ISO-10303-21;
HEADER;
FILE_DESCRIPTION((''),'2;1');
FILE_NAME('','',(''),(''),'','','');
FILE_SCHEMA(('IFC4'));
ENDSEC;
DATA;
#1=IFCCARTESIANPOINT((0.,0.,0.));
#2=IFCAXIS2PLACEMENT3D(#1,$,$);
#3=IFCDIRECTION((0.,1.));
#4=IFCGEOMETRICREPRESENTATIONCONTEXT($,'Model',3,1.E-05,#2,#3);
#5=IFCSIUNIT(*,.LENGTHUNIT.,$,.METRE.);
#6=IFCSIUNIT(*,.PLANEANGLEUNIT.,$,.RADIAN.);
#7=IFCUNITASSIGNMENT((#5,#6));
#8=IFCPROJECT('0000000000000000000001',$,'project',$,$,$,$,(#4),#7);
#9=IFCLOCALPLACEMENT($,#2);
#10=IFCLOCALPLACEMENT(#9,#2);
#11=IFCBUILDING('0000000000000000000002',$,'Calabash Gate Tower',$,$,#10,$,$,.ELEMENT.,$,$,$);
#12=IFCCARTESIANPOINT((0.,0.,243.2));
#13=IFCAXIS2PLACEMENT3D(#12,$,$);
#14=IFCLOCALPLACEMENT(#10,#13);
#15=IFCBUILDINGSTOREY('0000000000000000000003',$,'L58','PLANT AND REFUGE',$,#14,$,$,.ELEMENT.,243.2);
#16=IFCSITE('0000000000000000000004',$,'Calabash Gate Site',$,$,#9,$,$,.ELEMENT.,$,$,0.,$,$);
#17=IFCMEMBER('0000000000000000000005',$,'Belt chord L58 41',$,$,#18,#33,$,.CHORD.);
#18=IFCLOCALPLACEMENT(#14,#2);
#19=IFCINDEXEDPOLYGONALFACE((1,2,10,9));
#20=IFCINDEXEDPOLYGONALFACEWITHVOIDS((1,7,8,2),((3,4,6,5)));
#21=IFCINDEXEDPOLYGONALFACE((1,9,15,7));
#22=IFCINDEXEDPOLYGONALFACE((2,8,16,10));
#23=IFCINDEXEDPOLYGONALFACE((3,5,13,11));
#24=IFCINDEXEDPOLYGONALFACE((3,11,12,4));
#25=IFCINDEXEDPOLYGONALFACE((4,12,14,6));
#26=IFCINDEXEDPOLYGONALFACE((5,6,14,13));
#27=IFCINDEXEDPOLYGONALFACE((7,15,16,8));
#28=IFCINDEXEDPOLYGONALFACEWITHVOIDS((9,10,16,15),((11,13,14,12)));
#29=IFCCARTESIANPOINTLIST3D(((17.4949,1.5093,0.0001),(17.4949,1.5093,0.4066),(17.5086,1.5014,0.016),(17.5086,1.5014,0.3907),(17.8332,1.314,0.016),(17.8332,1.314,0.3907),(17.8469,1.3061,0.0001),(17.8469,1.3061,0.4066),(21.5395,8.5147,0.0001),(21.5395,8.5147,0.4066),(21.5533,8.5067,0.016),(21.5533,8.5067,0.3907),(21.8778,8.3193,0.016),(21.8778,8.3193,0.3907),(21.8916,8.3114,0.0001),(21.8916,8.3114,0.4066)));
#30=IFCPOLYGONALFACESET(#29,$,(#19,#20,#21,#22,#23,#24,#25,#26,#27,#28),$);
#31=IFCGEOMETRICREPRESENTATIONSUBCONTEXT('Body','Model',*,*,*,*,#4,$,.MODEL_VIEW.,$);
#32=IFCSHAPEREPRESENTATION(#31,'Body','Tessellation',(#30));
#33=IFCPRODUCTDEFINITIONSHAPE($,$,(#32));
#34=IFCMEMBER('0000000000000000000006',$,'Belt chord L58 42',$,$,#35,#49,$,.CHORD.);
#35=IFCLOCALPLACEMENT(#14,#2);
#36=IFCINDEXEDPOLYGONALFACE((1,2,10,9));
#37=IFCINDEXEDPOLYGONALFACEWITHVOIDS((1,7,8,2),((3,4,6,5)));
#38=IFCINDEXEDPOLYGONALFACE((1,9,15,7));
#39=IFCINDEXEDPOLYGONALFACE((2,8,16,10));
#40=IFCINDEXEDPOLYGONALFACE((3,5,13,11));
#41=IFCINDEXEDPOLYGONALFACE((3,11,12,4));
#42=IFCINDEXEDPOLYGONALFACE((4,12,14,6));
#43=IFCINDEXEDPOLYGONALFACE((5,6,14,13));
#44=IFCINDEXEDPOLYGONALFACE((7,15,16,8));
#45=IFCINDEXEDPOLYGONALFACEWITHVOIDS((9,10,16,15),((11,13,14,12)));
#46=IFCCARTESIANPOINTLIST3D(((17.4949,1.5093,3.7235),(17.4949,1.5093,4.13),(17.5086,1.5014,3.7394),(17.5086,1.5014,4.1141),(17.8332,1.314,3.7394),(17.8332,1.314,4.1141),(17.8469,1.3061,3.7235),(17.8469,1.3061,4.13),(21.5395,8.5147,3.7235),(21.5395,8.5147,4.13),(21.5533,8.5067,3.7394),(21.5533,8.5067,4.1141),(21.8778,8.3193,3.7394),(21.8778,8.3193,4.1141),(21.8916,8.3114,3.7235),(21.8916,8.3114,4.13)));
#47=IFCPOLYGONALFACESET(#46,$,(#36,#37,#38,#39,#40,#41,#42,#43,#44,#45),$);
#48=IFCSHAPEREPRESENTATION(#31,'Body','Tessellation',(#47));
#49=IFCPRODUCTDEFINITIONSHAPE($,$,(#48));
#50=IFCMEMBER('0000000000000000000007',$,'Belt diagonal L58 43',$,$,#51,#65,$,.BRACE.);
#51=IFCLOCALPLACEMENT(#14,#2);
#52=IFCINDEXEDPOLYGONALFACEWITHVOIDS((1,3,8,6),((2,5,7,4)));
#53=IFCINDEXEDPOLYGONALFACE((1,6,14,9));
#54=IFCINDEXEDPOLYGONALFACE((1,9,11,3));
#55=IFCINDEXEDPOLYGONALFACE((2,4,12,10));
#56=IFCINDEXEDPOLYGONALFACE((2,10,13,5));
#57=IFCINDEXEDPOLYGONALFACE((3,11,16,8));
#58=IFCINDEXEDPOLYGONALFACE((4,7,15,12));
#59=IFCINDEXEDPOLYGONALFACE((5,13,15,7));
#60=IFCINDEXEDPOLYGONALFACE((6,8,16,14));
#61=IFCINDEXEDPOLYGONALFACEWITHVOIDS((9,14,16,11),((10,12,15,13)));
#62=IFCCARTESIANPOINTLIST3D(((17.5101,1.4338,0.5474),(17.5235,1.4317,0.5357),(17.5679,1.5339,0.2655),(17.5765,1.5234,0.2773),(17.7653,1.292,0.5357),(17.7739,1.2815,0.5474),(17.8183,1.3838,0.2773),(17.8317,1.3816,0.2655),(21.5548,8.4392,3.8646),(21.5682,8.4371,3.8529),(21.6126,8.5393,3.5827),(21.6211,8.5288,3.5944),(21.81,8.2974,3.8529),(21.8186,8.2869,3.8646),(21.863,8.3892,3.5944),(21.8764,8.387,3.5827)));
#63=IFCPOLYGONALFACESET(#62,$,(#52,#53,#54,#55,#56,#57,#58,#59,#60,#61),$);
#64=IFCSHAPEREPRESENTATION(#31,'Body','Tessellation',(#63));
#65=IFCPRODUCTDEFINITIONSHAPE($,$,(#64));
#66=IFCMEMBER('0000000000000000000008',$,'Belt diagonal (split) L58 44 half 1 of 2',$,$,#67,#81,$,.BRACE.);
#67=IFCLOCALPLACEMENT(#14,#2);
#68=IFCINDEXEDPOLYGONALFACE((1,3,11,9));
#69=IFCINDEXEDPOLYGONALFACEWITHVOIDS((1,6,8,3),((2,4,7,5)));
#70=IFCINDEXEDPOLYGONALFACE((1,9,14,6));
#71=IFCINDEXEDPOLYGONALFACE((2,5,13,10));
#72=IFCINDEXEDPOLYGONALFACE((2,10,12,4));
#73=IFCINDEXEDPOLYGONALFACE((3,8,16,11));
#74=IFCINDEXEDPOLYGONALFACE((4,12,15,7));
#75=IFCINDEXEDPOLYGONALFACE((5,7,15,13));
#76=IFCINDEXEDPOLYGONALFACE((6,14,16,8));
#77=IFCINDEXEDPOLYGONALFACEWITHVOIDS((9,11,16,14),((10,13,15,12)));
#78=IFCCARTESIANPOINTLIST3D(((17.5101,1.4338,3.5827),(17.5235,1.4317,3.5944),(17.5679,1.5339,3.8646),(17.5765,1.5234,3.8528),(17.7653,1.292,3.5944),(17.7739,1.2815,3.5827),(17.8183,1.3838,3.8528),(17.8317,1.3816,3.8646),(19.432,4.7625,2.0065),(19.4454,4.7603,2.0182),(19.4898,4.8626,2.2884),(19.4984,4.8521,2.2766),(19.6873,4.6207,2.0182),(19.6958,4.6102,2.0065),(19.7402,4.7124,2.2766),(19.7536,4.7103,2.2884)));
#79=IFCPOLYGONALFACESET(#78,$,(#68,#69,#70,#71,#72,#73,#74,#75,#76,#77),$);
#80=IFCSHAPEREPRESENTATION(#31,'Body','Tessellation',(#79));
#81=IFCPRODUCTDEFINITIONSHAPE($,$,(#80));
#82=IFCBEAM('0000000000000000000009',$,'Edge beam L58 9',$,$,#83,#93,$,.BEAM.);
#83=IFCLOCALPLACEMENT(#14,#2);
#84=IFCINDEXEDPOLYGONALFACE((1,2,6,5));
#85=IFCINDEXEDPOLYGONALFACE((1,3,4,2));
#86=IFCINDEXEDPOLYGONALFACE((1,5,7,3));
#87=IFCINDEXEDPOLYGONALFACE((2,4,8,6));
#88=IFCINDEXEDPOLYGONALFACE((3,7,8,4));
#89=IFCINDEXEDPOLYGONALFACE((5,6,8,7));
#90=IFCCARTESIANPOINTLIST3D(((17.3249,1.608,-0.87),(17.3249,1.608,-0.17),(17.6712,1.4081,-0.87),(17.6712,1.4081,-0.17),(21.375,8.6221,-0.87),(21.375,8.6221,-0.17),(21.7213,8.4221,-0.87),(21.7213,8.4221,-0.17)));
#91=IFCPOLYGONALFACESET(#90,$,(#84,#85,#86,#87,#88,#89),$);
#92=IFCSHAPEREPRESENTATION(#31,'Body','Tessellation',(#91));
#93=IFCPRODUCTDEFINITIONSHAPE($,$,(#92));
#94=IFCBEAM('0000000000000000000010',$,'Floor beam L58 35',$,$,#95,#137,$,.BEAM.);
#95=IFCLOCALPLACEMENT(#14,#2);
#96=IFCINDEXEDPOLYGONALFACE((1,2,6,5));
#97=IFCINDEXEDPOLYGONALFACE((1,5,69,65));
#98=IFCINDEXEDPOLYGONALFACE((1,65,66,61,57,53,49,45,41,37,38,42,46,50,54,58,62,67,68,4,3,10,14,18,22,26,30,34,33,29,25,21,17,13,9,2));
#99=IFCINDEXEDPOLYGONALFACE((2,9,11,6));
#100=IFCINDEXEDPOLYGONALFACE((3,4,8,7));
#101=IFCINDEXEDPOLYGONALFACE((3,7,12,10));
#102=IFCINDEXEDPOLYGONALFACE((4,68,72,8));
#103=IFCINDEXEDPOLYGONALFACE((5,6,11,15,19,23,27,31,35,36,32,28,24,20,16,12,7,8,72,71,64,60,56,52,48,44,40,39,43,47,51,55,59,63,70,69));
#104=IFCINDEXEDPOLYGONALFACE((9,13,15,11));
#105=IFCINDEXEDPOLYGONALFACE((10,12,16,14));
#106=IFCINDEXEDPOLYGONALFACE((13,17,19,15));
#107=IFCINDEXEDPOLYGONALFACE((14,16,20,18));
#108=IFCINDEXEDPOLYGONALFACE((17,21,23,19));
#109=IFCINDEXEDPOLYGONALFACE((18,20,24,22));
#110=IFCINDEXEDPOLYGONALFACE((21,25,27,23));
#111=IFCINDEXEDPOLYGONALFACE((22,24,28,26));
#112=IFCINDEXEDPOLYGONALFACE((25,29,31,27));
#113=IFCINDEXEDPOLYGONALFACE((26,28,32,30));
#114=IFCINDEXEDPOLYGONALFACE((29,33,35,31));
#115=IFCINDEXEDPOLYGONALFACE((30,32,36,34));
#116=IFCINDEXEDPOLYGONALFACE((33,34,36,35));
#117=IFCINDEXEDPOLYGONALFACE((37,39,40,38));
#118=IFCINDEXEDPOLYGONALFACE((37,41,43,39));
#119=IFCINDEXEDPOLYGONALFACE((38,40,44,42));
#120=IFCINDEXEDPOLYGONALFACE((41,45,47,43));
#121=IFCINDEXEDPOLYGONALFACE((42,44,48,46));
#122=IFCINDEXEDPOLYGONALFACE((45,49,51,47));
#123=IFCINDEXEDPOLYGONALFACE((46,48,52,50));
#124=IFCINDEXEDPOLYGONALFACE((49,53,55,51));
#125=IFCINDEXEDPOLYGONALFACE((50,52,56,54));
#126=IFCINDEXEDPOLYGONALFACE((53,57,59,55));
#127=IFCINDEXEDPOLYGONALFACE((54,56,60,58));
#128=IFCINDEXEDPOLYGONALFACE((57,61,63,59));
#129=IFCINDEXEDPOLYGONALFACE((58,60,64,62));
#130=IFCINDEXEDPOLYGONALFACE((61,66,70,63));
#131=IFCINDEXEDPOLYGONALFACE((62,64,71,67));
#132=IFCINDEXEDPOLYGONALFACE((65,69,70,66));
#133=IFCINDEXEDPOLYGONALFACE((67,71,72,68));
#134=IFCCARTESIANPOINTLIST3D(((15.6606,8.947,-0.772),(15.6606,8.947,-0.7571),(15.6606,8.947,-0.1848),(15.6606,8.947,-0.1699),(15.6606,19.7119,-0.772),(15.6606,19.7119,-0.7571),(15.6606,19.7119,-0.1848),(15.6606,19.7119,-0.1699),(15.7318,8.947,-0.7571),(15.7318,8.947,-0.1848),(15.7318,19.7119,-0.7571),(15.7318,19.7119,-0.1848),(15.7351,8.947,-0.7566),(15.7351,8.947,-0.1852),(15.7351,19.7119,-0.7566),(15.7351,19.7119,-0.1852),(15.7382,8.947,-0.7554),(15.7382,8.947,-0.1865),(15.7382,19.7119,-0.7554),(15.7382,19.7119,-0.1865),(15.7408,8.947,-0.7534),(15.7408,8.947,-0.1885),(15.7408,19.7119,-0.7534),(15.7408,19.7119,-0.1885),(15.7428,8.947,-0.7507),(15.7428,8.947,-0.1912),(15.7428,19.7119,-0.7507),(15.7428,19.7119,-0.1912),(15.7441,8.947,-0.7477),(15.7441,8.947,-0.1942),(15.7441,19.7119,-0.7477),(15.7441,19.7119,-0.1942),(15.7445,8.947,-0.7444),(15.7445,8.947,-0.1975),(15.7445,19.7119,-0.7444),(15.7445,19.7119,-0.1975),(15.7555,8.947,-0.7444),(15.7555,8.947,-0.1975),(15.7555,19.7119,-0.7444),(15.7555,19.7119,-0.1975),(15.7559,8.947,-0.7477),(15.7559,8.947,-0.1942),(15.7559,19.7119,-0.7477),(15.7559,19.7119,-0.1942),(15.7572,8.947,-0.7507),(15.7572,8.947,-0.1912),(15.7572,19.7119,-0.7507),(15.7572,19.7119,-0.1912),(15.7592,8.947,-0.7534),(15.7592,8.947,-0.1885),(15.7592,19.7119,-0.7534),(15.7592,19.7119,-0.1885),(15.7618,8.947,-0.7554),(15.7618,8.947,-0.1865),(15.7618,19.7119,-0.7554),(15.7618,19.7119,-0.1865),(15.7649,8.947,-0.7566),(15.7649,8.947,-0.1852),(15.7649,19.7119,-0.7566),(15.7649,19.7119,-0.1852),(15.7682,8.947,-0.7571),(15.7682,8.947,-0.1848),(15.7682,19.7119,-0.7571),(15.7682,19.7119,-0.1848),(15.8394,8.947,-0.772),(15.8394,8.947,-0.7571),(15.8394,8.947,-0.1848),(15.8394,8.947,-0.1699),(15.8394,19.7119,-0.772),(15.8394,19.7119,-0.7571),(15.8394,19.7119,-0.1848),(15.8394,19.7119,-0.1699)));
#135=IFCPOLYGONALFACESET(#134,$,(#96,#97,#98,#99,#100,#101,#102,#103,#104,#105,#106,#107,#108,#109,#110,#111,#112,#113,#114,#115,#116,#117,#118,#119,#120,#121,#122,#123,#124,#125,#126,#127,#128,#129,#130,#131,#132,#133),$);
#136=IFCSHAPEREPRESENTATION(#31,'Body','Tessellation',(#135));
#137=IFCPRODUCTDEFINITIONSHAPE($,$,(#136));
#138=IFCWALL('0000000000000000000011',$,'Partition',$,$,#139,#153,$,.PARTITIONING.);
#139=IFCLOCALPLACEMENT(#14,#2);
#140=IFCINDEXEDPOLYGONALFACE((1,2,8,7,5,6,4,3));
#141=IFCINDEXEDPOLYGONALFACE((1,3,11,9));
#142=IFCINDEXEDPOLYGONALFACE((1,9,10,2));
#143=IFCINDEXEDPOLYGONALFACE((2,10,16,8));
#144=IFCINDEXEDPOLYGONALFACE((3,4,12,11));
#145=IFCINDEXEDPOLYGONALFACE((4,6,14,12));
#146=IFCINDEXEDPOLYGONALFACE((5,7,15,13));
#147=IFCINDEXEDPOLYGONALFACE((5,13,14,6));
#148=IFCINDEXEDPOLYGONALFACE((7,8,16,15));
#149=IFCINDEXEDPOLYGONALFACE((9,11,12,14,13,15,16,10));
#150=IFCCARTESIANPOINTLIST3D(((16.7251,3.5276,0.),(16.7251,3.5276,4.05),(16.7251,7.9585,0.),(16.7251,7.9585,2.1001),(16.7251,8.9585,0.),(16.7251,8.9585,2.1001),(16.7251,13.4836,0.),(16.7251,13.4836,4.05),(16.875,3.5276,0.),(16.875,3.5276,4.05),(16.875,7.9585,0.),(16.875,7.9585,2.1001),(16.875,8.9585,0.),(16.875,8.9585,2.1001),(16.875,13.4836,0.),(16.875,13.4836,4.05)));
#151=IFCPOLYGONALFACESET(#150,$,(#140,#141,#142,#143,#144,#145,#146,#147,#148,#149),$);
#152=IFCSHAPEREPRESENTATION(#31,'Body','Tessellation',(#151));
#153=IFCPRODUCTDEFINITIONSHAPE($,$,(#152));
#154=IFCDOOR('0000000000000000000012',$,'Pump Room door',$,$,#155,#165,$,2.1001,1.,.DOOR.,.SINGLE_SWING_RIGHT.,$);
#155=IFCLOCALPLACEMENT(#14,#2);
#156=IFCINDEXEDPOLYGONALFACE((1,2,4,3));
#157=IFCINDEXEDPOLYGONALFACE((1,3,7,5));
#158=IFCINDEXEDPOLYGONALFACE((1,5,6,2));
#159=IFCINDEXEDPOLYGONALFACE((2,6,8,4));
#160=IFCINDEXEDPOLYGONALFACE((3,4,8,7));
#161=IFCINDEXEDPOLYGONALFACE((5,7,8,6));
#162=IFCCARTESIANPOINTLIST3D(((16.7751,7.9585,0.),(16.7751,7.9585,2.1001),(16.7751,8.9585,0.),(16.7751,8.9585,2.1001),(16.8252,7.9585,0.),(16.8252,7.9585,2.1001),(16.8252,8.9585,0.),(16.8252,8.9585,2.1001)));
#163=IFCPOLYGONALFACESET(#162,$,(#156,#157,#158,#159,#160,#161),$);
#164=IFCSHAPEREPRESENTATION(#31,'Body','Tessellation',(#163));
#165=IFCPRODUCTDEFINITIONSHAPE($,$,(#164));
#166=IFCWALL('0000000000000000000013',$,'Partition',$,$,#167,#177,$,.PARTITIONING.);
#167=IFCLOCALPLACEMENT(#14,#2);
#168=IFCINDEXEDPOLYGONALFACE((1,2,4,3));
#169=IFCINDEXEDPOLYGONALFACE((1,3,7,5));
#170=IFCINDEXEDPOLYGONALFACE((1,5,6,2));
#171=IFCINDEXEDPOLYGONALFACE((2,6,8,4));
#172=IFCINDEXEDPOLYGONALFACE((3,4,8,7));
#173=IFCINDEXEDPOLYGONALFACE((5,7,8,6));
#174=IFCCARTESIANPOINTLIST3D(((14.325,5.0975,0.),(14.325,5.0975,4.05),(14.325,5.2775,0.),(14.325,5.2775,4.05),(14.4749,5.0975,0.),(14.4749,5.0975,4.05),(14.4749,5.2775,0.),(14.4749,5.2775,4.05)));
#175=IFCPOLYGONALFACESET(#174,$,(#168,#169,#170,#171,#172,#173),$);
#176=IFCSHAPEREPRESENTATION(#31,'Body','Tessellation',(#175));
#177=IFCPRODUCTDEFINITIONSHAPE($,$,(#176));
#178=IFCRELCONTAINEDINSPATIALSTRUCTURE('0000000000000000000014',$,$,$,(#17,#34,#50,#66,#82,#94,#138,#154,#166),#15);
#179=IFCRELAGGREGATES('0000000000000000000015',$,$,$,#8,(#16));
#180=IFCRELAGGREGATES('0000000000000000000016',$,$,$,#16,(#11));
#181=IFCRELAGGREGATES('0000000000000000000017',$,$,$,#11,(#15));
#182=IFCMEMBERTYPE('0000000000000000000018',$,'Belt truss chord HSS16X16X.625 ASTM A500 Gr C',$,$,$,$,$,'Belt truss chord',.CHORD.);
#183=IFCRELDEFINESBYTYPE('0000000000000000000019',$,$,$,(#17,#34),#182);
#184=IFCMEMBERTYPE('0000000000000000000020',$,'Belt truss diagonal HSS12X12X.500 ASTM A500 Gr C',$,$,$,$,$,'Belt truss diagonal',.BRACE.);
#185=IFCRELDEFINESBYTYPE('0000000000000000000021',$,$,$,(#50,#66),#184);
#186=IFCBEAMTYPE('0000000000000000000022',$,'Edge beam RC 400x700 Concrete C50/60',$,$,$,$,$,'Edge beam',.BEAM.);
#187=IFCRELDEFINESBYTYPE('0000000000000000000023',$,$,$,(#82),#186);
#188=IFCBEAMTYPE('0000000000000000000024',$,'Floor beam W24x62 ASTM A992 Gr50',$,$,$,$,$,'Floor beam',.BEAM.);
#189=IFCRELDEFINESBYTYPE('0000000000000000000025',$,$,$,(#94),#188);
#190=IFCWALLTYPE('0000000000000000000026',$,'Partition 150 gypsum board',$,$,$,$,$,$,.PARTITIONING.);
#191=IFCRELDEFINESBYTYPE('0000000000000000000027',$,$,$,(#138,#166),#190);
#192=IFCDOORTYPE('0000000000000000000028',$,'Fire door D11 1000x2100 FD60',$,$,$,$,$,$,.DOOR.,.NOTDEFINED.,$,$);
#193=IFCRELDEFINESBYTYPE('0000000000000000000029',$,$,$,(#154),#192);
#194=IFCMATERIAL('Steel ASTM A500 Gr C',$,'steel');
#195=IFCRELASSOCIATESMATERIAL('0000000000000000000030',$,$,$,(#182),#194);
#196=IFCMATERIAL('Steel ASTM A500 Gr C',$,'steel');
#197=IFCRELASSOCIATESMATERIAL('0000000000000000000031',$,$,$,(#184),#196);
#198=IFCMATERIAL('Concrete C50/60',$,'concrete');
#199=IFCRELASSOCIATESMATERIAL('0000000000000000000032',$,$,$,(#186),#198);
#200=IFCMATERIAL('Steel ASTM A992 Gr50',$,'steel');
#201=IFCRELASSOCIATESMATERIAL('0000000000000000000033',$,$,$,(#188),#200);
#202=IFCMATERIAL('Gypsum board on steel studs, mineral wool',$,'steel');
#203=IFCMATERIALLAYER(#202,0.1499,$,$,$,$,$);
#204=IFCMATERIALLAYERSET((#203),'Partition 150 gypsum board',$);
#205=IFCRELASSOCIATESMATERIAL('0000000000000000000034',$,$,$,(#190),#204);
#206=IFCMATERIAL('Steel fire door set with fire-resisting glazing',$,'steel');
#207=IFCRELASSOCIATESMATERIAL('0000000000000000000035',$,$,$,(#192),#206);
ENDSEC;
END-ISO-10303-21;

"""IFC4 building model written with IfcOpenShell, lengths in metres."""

from ifc_helpers import new_model, si_unit, direction, frame, frame_2d, origin, origin_2d, place, context, subcontext, project, spatial, rectangle, hollow_rectangle, i_section, extrude, material, layer, layer_set, material_profile, profile_set, type_object, element, fill, save


model = new_model("IFC4")

# Units and contexts
model_context = context("Model", 3, precision=1e-05, world=origin(), true_north=direction((0.0, 1.0)))
body_context = subcontext(model_context, "Body", "Model", "MODEL_VIEW")
ifc_project = project(units=[si_unit("LENGTHUNIT", "METRE"), si_unit("PLANEANGLEUNIT", "RADIAN")], contexts=[model_context])

# Site, building, storey
site_placement = place(None, origin())
site = spatial("IfcSite", under=ifc_project, at=site_placement, Name="Calabash Gate Site", CompositionType="ELEMENT", RefElevation=0.0)
building_placement = place(site_placement, origin())
building = spatial("IfcBuilding", under=site, at=building_placement, Name="Calabash Gate Tower", CompositionType="ELEMENT")
storey_placement = place(building_placement, frame((0.0, 0.0, 243.2)))
storey = spatial("IfcBuildingStorey", under=building, at=storey_placement, Name="L58", Description="PLANT AND REFUGE", CompositionType="ELEMENT", Elevation=243.2)

# Members
ifc_material_1 = material(Name="Steel ASTM A500 Gr C", Category="steel")
ifc_material_profile_1 = material_profile(ifc_material_1, hollow_rectangle(XDim=0.4065, YDim=0.4065, WallThickness=0.0159, at=origin_2d()))
ifc_profile_set_1 = profile_set([ifc_material_profile_1], Name="Steel ASTM A500 Gr C")
member_type_1 = type_object("IfcMemberType", Name="Belt truss chord HSS16X16X.625 ASTM A500 Gr C", ElementType="Belt truss chord", PredefinedType="CHORD", material=ifc_profile_set_1)
for number, where, z_axis, x_axis, name in (
    (1, (17.6709, 1.4077, 0.2034), (0.500012, 0.866019, 0.0), (-0.866019, 0.500012, 0.0), "Belt chord L58 41"),
    (2, (17.6709, 1.4077, 3.9268), (0.500012, 0.866019, 0.0), (-0.866019, 0.500012, 0.0), "Belt chord L58 42"),
):
    element("IfcMember", number, at=place(storey_placement, frame(where, z_axis=z_axis, x_axis=x_axis)), inside=storey, type_object=member_type_1, Name=name, PredefinedType="CHORD", context=body_context, shape_type="SweptSolid", body=[
        extrude(hollow_rectangle(XDim=0.4065, YDim=0.4065, WallThickness=0.0159, at=origin_2d()), origin(), (0.0, 0.0, 1.0), 8.0891),
    ])
ifc_material_2 = material(Name="Steel ASTM A500 Gr C", Category="steel")
ifc_material_profile_2 = material_profile(ifc_material_2, hollow_rectangle(XDim=0.3047, YDim=0.3047, WallThickness=0.0127, at=origin_2d()))
ifc_profile_set_2 = profile_set([ifc_material_profile_2], Name="Steel ASTM A500 Gr C")
member_type_2 = type_object("IfcMemberType", Name="Belt truss diagonal HSS12X12X.500 ASTM A500 Gr C", ElementType="Belt truss diagonal", PredefinedType="BRACE", material=ifc_profile_set_2)
member_1_placement = place(storey_placement, frame((17.6709, 1.4077, 0.4065), z_axis=(0.462625, 0.801265, 0.37941), x_axis=(-0.866019, 0.500012, 0.0)))
element("IfcMember", 3, at=member_1_placement, inside=storey, type_object=member_type_2, Name="Belt diagonal L58 43", PredefinedType="BRACE", context=body_context, shape_type="SweptSolid", body=[
    extrude(hollow_rectangle(XDim=0.3047, YDim=0.3047, WallThickness=0.0127, at=origin_2d()), origin(), (0.0, 0.0, 1.0), 8.7429),
])
member_2_placement = place(storey_placement, frame((17.6709, 1.4077, 3.7236), z_axis=(0.462631, 0.80126, -0.379414), x_axis=(-0.866014, 0.500019, 0.0)))
element("IfcMember", 4, at=member_2_placement, inside=storey, type_object=member_type_2, Name="Belt diagonal (split) L58 44 half 1 of 2", PredefinedType="BRACE", context=body_context, shape_type="SweptSolid", body=[
    extrude(hollow_rectangle(XDim=0.3047, YDim=0.3047, WallThickness=0.0127, at=origin_2d()), origin(), (0.0, 0.0, 1.0), 4.1543),
])

# Beams
ifc_material_3 = material(Name="Concrete C50/60", Category="concrete")
ifc_material_profile_3 = material_profile(ifc_material_3, rectangle(XDim=0.3999, YDim=0.7, at=origin_2d()))
ifc_profile_set_3 = profile_set([ifc_material_profile_3], Name="Concrete C50/60")
beam_type_1 = type_object("IfcBeamType", Name="Edge beam RC 400x700 Concrete C50/60", ElementType="Edge beam", PredefinedType="BEAM", material=ifc_profile_set_3)
beam_1_placement = place(storey_placement, frame((17.498, 1.5081, -0.52), z_axis=(0.500052, 0.865995, 0.0), x_axis=(-0.865995, 0.500052, 0.0)))
element("IfcBeam", 5, at=beam_1_placement, inside=storey, type_object=beam_type_1, Name="Edge beam L58 9", PredefinedType="BEAM", context=body_context, shape_type="SweptSolid", body=[
    extrude(rectangle(XDim=0.3999, YDim=0.7, at=origin_2d()), origin(), (0.0, 0.0, 1.0), 8.0994),
])
ifc_material_4 = material(Name="Steel ASTM A992 Gr50", Category="steel")
ifc_material_profile_4 = material_profile(ifc_material_4, i_section(OverallWidth=0.1787, OverallDepth=0.6021, WebThickness=0.011, FlangeThickness=0.0149, FilletRadius=0.0127, at=origin_2d()))
ifc_profile_set_4 = profile_set([ifc_material_profile_4], Name="Steel ASTM A992 Gr50")
beam_type_2 = type_object("IfcBeamType", Name="Floor beam W24x62 ASTM A992 Gr50", ElementType="Floor beam", PredefinedType="BEAM", material=ifc_profile_set_4)
beam_2_placement = place(storey_placement, frame((15.75, 8.947, -0.4709), z_axis=(0.0, 1.0, 0.0), x_axis=(-1.0, 0.0, 0.0)))
element("IfcBeam", 6, at=beam_2_placement, inside=storey, type_object=beam_type_2, Name="Floor beam L58 35", PredefinedType="BEAM", context=body_context, shape_type="SweptSolid", body=[
    extrude(i_section(OverallWidth=0.1787, OverallDepth=0.6021, WebThickness=0.011, FlangeThickness=0.0149, FilletRadius=0.0127, at=origin_2d()), origin(), (0.0, 0.0, 1.0), 10.7649),
])

# Wall, opening, door
ifc_material_5 = material(Name="Gypsum board on steel studs, mineral wool", Category="steel")
ifc_layer = layer(ifc_material_5, 0.1499)
ifc_layer_set = layer_set([ifc_layer], Name="Partition 150 gypsum board")
wall_type = type_object("IfcWallType", Name="Partition 150 gypsum board", PredefinedType="PARTITIONING", material=ifc_layer_set)
wall_1_placement = place(storey_placement, frame((16.8, 3.5276, 0.0), z_axis=(0.0, 0.0, 1.0), x_axis=(0.0, 1.0, 0.0)))
wall_1 = element("IfcWall", 7, at=wall_1_placement, inside=storey, type_object=wall_type, Name="Partition", PredefinedType="PARTITIONING", context=body_context, shape_type="SweptSolid", body=[
    extrude(rectangle(XDim=9.9561, YDim=0.1499, at=frame_2d((4.978, 0.0))), origin(), (0.0, 0.0, 1.0), 4.05),
])
opening_placement = place(wall_1_placement, frame((4.4309, 0.0, 0.0)))
opening = element("IfcOpeningElement", 8, at=opening_placement, cuts=wall_1, PredefinedType="OPENING", context=body_context, shape_type="SweptSolid", body=[
    extrude(rectangle(XDim=1.0, YDim=2.1001, at=frame_2d((0.5, 1.05))), frame((0.0, 0.085, 0.0), z_axis=(0.0, -1.0, 0.0), x_axis=(1.0, 0.0, 0.0)), (0.0, 0.0, 1.0), 0.1699),
])
ifc_material_6 = material(Name="Steel fire door set with fire-resisting glazing", Category="steel")
door_type = type_object("IfcDoorType", Name="Fire door D11 1000x2100 FD60", OperationType="NOTDEFINED", PredefinedType="DOOR", material=ifc_material_6)
door_placement = place(opening_placement, origin())
door = element("IfcDoor", 9, at=door_placement, inside=storey, type_object=door_type, Name="Pump Room door", OperationType="SINGLE_SWING_RIGHT", OverallHeight=2.1001, OverallWidth=1.0, PredefinedType="DOOR", context=body_context, shape_type="SweptSolid", body=[
    extrude(rectangle(XDim=1.0, YDim=2.1001, at=frame_2d((0.5, 1.05))), frame((0.0, 0.0249, 0.0), z_axis=(0.0, -1.0, 0.0), x_axis=(1.0, 0.0, 0.0)), (0.0, 0.0, 1.0), 0.05),
])
fill(opening, door)

# Wall
wall_2_placement = place(storey_placement, frame((14.3999, 5.0977, 0.0), z_axis=(0.0, 0.0, 1.0), x_axis=(0.0, 1.0, 0.0)))
element("IfcWall", 10, at=wall_2_placement, inside=storey, type_object=wall_type, Name="Partition", PredefinedType="PARTITIONING", context=body_context, shape_type="SweptSolid", body=[
    extrude(rectangle(XDim=0.1799, YDim=0.1499, at=frame_2d((0.0898, 0.0))), origin(), (0.0, 0.0, 1.0), 4.05),
])

save(model, "model.ifc")
